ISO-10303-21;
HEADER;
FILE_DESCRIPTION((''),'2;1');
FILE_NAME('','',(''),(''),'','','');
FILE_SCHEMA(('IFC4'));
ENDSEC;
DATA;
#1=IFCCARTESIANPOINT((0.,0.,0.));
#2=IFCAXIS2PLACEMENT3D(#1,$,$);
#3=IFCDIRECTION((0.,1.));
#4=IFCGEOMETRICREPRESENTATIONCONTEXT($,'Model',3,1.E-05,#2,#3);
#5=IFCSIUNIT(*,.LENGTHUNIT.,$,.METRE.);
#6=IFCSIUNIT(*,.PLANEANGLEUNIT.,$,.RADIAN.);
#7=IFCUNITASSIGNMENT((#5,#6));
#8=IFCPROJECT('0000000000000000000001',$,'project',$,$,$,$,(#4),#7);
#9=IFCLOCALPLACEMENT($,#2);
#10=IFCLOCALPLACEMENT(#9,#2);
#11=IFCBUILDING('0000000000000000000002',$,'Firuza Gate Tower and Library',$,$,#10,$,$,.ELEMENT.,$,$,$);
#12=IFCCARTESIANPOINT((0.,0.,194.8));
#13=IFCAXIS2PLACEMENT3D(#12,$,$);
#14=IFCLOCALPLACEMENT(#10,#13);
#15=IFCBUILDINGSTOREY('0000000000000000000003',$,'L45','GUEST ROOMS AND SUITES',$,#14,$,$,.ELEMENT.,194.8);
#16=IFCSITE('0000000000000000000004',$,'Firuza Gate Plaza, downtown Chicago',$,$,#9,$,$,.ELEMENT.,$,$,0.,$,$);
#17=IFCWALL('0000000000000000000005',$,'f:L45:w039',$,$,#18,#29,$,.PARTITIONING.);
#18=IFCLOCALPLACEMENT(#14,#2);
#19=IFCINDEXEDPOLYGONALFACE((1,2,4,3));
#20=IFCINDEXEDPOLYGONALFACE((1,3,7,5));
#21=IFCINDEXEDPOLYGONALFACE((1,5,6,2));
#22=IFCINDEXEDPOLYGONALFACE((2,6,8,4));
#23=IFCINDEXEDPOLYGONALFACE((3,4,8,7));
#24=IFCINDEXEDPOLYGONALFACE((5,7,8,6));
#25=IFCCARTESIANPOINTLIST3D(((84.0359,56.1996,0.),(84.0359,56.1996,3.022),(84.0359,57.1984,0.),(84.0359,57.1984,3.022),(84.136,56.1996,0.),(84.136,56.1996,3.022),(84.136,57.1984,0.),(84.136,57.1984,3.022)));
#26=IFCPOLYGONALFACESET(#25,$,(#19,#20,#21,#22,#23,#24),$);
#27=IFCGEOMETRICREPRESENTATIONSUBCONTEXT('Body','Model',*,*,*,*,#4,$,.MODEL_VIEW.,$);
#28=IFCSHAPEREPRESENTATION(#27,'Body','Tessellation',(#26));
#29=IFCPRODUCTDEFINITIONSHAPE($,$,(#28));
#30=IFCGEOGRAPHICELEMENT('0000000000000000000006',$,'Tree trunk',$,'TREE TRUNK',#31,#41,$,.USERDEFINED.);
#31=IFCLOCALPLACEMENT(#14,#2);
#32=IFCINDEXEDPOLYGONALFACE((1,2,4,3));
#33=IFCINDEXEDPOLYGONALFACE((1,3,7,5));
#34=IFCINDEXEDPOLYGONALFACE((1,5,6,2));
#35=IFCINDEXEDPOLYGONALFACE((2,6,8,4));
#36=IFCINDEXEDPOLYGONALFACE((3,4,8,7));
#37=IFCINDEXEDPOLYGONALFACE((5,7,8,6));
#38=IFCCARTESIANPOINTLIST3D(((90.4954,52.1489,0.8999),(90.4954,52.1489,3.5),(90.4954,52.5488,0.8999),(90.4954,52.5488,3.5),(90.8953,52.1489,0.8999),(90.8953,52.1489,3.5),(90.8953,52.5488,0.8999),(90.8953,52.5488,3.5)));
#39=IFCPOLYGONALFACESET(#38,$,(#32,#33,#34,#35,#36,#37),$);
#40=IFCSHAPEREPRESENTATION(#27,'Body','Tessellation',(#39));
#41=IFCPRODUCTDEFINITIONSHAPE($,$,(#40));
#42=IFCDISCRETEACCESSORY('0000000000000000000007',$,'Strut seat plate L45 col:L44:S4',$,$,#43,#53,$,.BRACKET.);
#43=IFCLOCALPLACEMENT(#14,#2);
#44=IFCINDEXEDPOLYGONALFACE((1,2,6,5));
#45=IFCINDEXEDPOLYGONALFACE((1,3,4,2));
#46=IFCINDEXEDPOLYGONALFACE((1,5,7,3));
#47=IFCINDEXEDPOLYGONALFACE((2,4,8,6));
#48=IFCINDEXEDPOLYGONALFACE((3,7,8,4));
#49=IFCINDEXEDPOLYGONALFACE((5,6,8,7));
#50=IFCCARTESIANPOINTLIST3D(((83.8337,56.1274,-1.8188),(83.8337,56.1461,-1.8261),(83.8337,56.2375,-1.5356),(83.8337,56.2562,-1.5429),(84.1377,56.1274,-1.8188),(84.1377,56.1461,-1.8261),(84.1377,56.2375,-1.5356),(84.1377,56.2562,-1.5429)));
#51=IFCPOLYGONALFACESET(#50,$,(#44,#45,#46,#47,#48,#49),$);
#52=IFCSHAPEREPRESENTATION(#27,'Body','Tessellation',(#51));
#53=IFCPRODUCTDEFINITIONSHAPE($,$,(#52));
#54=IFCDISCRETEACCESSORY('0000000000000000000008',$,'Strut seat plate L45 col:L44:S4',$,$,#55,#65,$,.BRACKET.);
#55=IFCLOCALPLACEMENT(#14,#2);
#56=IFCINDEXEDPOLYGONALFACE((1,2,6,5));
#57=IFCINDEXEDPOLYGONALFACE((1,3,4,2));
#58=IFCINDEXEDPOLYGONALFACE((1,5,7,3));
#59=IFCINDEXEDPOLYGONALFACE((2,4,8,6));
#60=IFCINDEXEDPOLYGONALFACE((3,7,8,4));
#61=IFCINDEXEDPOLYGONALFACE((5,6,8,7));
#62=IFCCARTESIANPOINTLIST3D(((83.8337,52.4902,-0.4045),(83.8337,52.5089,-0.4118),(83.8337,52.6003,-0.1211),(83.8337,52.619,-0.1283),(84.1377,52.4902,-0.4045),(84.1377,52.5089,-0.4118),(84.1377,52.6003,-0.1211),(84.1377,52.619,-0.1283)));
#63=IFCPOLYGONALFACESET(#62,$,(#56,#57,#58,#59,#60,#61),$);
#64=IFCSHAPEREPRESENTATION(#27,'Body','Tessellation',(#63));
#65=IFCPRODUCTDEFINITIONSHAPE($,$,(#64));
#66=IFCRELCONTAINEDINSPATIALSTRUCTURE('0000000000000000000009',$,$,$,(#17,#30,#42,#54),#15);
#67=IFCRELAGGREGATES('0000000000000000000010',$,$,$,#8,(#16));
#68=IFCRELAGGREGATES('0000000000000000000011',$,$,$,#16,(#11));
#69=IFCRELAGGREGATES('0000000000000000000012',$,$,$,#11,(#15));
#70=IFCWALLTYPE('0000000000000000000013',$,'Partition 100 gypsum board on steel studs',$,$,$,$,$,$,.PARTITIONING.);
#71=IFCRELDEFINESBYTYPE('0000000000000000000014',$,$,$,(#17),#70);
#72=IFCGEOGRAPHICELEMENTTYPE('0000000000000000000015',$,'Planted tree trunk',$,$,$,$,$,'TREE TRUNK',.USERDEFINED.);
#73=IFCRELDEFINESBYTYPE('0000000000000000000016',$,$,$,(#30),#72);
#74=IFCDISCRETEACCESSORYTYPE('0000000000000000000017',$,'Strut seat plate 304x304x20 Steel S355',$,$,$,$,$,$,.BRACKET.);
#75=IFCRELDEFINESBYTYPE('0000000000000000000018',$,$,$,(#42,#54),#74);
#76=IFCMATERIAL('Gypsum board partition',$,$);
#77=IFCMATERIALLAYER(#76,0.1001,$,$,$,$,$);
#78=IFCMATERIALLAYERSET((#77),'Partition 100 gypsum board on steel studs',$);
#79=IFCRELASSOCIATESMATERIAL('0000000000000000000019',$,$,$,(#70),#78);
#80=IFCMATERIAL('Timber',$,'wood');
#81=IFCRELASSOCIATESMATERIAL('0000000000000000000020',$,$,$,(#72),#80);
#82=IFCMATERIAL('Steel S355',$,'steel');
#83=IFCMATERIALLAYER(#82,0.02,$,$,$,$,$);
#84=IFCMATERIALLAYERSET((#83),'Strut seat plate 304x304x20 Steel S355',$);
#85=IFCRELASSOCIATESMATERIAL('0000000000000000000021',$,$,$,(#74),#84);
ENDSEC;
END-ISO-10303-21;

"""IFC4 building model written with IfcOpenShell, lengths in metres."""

from ifc_helpers import new_model, si_unit, direction, frame, frame_2d, origin, origin_2d, place, context, subcontext, project, spatial, polyline, rectangle, outline, extrude, material, layer, layer_set, type_object, element, save


model = new_model("IFC4")

# Units and contexts
model_context = context("Model", 3, precision=1e-05, world=origin(), true_north=direction((0.0, 1.0)))
body_context = subcontext(model_context, "Body", "Model", "MODEL_VIEW")
ifc_project = project(units=[si_unit("LENGTHUNIT", "METRE"), si_unit("PLANEANGLEUNIT", "RADIAN")], contexts=[model_context])

# Site, building, storey
site_placement = place(None, origin())
site = spatial("IfcSite", under=ifc_project, at=site_placement, Name="Firuza Gate Plaza, downtown Chicago", CompositionType="ELEMENT", RefElevation=0.0)
building_placement = place(site_placement, origin())
building = spatial("IfcBuilding", under=site, at=building_placement, Name="Firuza Gate Tower and Library", CompositionType="ELEMENT")
storey_placement = place(building_placement, frame((0.0, 0.0, 194.8)))
storey = spatial("IfcBuildingStorey", under=building, at=storey_placement, Name="L45", Description="GUEST ROOMS AND SUITES", CompositionType="ELEMENT", Elevation=194.8)

# Wall
ifc_material_1 = material(Name="Gypsum board partition")
ifc_layer_1 = layer(ifc_material_1, 0.1001)
ifc_layer_set_1 = layer_set([ifc_layer_1], Name="Partition 100 gypsum board on steel studs")
wall_type = type_object("IfcWallType", Name="Partition 100 gypsum board on steel studs", PredefinedType="PARTITIONING", material=ifc_layer_set_1)
wall_1_placement = place(storey_placement, frame((84.0859, 56.1995, 0.0), z_axis=(0.0, 0.0, 1.0), x_axis=(0.0, 1.0, 0.0)))
element("IfcWall", 1, at=wall_1_placement, inside=storey, type_object=wall_type, Name="f:L45:w039", PredefinedType="PARTITIONING", context=body_context, shape_type="SweptSolid", body=[
    extrude(rectangle(XDim=0.9988, YDim=0.1001, at=frame_2d((0.4995, 0.0))), origin(), (0.0, 0.0, 1.0), 3.022),
])

# Geographic element
ifc_material_2 = material(Name="Timber", Category="wood")
geographic_element_type = type_object("IfcGeographicElementType", Name="Planted tree trunk", ElementType="TREE TRUNK", PredefinedType="USERDEFINED", material=ifc_material_2)
geographic_element_placement = place(storey_placement, frame((90.6953, 52.3489, 0.8999), z_axis=(0.0, 0.0, 1.0), x_axis=(1.0, 0.0, 0.0)))
element("IfcGeographicElement", 2, at=geographic_element_placement, inside=storey, type_object=geographic_element_type, Name="Tree trunk", ObjectType="TREE TRUNK", PredefinedType="USERDEFINED", context=body_context, shape_type="SweptSolid", body=[
    extrude(rectangle(XDim=0.3999, YDim=0.3999, at=origin_2d()), origin(), (0.0, 0.0, 1.0), 2.6001),
])

# Discrete accessories
ifc_material_3 = material(Name="Steel S355", Category="steel")
ifc_layer_2 = layer(ifc_material_3, 0.02)
ifc_layer_set_2 = layer_set([ifc_layer_2], Name="Strut seat plate 304x304x20 Steel S355")
discrete_accessory_type = type_object("IfcDiscreteAccessoryType", Name="Strut seat plate 304x304x20 Steel S355", PredefinedType="BRACKET", material=ifc_layer_set_2)
discrete_accessory_1_placement = place(storey_placement, frame((84.1377, 56.2375, -1.5356), z_axis=(0.0, -0.932035, 0.362369), x_axis=(-1.0, 0.0, 0.0)))
element("IfcDiscreteAccessory", 3, at=discrete_accessory_1_placement, inside=storey, type_object=discrete_accessory_type, Name="Strut seat plate L45 col:L44:S4", PredefinedType="BRACKET", context=body_context, shape_type="SweptSolid", body=[
    extrude(outline(polyline([(0.0, 0.0), (0.304, 0.0), (0.304, 0.3039), (0.0, 0.3039), (0.0, 0.0)])), origin(), (0.0, 0.0, -1.0), 0.02),
])
discrete_accessory_2_placement = place(storey_placement, frame((83.8337, 52.6003, -0.1211), z_axis=(0.0, -0.93214, 0.362098), x_axis=(1.0, 0.0, 0.0)))
element("IfcDiscreteAccessory", 4, at=discrete_accessory_2_placement, inside=storey, type_object=discrete_accessory_type, Name="Strut seat plate L45 col:L44:S4", PredefinedType="BRACKET", context=body_context, shape_type="SweptSolid", body=[
    extrude(outline(polyline([(0.0, 0.0), (0.304, 0.0), (0.304, -0.3041), (0.0, -0.3041), (0.0, 0.0)])), origin(), (0.0, 0.0, -1.0), 0.02),
])

save(model, "model.ifc")
